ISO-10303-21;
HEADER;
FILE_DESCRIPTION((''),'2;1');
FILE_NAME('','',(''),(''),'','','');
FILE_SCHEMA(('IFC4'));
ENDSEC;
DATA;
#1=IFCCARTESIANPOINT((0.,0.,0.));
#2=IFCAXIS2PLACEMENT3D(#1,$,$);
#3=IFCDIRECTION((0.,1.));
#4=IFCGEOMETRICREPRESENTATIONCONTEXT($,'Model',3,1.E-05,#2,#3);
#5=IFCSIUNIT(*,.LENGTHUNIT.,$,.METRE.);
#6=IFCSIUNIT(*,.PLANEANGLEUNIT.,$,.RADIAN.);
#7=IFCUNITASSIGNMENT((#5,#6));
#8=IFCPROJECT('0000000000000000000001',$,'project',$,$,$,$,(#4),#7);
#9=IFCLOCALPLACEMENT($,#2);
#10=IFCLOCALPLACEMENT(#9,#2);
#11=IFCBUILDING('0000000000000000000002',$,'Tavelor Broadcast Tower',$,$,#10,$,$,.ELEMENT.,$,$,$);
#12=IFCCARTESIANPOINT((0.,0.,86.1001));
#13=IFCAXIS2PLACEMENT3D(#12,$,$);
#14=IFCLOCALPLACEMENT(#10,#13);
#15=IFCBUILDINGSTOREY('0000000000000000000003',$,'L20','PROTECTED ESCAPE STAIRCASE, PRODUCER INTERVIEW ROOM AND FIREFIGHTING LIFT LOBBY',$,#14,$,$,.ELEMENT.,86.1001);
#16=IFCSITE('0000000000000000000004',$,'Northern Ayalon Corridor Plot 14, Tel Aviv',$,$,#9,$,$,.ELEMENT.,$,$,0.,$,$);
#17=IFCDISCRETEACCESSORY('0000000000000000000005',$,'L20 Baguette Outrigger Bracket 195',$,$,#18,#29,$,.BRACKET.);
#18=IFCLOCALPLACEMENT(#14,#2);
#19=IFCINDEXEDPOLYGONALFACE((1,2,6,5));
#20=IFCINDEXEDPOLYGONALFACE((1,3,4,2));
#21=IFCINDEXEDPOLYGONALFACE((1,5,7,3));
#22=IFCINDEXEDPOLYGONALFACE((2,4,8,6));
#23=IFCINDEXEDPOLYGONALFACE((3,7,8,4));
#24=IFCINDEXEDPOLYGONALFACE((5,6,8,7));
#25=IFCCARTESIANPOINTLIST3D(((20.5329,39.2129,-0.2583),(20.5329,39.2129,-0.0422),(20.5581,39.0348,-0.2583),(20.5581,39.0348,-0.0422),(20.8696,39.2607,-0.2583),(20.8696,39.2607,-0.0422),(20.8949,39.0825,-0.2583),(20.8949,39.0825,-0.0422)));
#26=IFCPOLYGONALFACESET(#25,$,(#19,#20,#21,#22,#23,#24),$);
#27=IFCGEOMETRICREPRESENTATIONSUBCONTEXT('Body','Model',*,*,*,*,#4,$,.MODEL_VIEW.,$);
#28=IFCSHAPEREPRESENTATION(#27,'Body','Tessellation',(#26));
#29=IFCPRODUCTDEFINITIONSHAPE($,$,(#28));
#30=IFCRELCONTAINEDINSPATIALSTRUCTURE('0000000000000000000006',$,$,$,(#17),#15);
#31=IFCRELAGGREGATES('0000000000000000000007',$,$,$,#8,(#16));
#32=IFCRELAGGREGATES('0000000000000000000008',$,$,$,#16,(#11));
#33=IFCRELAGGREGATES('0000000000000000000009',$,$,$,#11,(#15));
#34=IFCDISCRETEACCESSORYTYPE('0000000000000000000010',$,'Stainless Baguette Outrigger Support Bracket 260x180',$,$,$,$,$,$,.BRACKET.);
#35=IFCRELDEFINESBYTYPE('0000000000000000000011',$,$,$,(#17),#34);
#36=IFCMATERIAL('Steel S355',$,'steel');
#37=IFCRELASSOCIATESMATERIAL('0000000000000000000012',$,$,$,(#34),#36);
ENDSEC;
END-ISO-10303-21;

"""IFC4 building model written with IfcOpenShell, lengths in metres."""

from ifc_helpers import new_model, si_unit, direction, frame, origin, origin_2d, place, context, subcontext, project, spatial, rectangle, extrude, source, transform, mapped, material, type_object, type_shapes, element, save


model = new_model("IFC4")

# Units and contexts
model_context = context("Model", 3, precision=1e-05, world=origin(), true_north=direction((0.0, 1.0)))
body_context = subcontext(model_context, "Body", "Model", "MODEL_VIEW")
ifc_project = project(units=[si_unit("LENGTHUNIT", "METRE"), si_unit("PLANEANGLEUNIT", "RADIAN")], contexts=[model_context])

# Site, building, storey
site_placement = place(None, origin())
site = spatial("IfcSite", under=ifc_project, at=site_placement, Name="Northern Ayalon Corridor Plot 14, Tel Aviv", CompositionType="ELEMENT", RefElevation=0.0)
building_placement = place(site_placement, origin())
building = spatial("IfcBuilding", under=site, at=building_placement, Name="Tavelor Broadcast Tower", CompositionType="ELEMENT")
storey_placement = place(building_placement, frame((0.0, 0.0, 86.1001)))
storey = spatial("IfcBuildingStorey", under=building, at=storey_placement, Name="L20", Description="PROTECTED ESCAPE STAIRCASE, PRODUCER INTERVIEW ROOM AND FIREFIGHTING LIFT LOBBY", CompositionType="ELEMENT", Elevation=86.1001)

# Shared definitions
ifc_material_1 = material(Name="Steel S355", Category="steel")

# Discrete accessory
discrete_accessory_type = type_object("IfcDiscreteAccessoryType", Name="Stainless Baguette Outrigger Support Bracket 260x180", PredefinedType="BRACKET", material=ifc_material_1)
shared_shape_1 = source(origin(), body_context, "Body", "SweptSolid", [
    extrude(rectangle(XDim=0.1799, YDim=0.3401, at=origin_2d()), origin(), (0.0, 0.0, 1.0), 0.2161),
])
type_shapes(discrete_accessory_type, [shared_shape_1])
for number, where, z_axis, x_axis, name in (
    (1, (20.7139, 39.1477, -0.2583), (0.0, 0.0, 1.0), (0.140383, -0.990097, 0.0), "L20 Baguette Outrigger Bracket 195"),
):
    element("IfcDiscreteAccessory", number, at=place(storey_placement, frame(where, z_axis=z_axis, x_axis=x_axis)), inside=storey, type_object=discrete_accessory_type, Name=name, PredefinedType="BRACKET", context=body_context, shape_type="MappedRepresentation", body=[
        mapped(shared_shape_1, transform((0.0, 0.0, 0.0), scale=1.0)),
    ])

save(model, "model.ifc")
